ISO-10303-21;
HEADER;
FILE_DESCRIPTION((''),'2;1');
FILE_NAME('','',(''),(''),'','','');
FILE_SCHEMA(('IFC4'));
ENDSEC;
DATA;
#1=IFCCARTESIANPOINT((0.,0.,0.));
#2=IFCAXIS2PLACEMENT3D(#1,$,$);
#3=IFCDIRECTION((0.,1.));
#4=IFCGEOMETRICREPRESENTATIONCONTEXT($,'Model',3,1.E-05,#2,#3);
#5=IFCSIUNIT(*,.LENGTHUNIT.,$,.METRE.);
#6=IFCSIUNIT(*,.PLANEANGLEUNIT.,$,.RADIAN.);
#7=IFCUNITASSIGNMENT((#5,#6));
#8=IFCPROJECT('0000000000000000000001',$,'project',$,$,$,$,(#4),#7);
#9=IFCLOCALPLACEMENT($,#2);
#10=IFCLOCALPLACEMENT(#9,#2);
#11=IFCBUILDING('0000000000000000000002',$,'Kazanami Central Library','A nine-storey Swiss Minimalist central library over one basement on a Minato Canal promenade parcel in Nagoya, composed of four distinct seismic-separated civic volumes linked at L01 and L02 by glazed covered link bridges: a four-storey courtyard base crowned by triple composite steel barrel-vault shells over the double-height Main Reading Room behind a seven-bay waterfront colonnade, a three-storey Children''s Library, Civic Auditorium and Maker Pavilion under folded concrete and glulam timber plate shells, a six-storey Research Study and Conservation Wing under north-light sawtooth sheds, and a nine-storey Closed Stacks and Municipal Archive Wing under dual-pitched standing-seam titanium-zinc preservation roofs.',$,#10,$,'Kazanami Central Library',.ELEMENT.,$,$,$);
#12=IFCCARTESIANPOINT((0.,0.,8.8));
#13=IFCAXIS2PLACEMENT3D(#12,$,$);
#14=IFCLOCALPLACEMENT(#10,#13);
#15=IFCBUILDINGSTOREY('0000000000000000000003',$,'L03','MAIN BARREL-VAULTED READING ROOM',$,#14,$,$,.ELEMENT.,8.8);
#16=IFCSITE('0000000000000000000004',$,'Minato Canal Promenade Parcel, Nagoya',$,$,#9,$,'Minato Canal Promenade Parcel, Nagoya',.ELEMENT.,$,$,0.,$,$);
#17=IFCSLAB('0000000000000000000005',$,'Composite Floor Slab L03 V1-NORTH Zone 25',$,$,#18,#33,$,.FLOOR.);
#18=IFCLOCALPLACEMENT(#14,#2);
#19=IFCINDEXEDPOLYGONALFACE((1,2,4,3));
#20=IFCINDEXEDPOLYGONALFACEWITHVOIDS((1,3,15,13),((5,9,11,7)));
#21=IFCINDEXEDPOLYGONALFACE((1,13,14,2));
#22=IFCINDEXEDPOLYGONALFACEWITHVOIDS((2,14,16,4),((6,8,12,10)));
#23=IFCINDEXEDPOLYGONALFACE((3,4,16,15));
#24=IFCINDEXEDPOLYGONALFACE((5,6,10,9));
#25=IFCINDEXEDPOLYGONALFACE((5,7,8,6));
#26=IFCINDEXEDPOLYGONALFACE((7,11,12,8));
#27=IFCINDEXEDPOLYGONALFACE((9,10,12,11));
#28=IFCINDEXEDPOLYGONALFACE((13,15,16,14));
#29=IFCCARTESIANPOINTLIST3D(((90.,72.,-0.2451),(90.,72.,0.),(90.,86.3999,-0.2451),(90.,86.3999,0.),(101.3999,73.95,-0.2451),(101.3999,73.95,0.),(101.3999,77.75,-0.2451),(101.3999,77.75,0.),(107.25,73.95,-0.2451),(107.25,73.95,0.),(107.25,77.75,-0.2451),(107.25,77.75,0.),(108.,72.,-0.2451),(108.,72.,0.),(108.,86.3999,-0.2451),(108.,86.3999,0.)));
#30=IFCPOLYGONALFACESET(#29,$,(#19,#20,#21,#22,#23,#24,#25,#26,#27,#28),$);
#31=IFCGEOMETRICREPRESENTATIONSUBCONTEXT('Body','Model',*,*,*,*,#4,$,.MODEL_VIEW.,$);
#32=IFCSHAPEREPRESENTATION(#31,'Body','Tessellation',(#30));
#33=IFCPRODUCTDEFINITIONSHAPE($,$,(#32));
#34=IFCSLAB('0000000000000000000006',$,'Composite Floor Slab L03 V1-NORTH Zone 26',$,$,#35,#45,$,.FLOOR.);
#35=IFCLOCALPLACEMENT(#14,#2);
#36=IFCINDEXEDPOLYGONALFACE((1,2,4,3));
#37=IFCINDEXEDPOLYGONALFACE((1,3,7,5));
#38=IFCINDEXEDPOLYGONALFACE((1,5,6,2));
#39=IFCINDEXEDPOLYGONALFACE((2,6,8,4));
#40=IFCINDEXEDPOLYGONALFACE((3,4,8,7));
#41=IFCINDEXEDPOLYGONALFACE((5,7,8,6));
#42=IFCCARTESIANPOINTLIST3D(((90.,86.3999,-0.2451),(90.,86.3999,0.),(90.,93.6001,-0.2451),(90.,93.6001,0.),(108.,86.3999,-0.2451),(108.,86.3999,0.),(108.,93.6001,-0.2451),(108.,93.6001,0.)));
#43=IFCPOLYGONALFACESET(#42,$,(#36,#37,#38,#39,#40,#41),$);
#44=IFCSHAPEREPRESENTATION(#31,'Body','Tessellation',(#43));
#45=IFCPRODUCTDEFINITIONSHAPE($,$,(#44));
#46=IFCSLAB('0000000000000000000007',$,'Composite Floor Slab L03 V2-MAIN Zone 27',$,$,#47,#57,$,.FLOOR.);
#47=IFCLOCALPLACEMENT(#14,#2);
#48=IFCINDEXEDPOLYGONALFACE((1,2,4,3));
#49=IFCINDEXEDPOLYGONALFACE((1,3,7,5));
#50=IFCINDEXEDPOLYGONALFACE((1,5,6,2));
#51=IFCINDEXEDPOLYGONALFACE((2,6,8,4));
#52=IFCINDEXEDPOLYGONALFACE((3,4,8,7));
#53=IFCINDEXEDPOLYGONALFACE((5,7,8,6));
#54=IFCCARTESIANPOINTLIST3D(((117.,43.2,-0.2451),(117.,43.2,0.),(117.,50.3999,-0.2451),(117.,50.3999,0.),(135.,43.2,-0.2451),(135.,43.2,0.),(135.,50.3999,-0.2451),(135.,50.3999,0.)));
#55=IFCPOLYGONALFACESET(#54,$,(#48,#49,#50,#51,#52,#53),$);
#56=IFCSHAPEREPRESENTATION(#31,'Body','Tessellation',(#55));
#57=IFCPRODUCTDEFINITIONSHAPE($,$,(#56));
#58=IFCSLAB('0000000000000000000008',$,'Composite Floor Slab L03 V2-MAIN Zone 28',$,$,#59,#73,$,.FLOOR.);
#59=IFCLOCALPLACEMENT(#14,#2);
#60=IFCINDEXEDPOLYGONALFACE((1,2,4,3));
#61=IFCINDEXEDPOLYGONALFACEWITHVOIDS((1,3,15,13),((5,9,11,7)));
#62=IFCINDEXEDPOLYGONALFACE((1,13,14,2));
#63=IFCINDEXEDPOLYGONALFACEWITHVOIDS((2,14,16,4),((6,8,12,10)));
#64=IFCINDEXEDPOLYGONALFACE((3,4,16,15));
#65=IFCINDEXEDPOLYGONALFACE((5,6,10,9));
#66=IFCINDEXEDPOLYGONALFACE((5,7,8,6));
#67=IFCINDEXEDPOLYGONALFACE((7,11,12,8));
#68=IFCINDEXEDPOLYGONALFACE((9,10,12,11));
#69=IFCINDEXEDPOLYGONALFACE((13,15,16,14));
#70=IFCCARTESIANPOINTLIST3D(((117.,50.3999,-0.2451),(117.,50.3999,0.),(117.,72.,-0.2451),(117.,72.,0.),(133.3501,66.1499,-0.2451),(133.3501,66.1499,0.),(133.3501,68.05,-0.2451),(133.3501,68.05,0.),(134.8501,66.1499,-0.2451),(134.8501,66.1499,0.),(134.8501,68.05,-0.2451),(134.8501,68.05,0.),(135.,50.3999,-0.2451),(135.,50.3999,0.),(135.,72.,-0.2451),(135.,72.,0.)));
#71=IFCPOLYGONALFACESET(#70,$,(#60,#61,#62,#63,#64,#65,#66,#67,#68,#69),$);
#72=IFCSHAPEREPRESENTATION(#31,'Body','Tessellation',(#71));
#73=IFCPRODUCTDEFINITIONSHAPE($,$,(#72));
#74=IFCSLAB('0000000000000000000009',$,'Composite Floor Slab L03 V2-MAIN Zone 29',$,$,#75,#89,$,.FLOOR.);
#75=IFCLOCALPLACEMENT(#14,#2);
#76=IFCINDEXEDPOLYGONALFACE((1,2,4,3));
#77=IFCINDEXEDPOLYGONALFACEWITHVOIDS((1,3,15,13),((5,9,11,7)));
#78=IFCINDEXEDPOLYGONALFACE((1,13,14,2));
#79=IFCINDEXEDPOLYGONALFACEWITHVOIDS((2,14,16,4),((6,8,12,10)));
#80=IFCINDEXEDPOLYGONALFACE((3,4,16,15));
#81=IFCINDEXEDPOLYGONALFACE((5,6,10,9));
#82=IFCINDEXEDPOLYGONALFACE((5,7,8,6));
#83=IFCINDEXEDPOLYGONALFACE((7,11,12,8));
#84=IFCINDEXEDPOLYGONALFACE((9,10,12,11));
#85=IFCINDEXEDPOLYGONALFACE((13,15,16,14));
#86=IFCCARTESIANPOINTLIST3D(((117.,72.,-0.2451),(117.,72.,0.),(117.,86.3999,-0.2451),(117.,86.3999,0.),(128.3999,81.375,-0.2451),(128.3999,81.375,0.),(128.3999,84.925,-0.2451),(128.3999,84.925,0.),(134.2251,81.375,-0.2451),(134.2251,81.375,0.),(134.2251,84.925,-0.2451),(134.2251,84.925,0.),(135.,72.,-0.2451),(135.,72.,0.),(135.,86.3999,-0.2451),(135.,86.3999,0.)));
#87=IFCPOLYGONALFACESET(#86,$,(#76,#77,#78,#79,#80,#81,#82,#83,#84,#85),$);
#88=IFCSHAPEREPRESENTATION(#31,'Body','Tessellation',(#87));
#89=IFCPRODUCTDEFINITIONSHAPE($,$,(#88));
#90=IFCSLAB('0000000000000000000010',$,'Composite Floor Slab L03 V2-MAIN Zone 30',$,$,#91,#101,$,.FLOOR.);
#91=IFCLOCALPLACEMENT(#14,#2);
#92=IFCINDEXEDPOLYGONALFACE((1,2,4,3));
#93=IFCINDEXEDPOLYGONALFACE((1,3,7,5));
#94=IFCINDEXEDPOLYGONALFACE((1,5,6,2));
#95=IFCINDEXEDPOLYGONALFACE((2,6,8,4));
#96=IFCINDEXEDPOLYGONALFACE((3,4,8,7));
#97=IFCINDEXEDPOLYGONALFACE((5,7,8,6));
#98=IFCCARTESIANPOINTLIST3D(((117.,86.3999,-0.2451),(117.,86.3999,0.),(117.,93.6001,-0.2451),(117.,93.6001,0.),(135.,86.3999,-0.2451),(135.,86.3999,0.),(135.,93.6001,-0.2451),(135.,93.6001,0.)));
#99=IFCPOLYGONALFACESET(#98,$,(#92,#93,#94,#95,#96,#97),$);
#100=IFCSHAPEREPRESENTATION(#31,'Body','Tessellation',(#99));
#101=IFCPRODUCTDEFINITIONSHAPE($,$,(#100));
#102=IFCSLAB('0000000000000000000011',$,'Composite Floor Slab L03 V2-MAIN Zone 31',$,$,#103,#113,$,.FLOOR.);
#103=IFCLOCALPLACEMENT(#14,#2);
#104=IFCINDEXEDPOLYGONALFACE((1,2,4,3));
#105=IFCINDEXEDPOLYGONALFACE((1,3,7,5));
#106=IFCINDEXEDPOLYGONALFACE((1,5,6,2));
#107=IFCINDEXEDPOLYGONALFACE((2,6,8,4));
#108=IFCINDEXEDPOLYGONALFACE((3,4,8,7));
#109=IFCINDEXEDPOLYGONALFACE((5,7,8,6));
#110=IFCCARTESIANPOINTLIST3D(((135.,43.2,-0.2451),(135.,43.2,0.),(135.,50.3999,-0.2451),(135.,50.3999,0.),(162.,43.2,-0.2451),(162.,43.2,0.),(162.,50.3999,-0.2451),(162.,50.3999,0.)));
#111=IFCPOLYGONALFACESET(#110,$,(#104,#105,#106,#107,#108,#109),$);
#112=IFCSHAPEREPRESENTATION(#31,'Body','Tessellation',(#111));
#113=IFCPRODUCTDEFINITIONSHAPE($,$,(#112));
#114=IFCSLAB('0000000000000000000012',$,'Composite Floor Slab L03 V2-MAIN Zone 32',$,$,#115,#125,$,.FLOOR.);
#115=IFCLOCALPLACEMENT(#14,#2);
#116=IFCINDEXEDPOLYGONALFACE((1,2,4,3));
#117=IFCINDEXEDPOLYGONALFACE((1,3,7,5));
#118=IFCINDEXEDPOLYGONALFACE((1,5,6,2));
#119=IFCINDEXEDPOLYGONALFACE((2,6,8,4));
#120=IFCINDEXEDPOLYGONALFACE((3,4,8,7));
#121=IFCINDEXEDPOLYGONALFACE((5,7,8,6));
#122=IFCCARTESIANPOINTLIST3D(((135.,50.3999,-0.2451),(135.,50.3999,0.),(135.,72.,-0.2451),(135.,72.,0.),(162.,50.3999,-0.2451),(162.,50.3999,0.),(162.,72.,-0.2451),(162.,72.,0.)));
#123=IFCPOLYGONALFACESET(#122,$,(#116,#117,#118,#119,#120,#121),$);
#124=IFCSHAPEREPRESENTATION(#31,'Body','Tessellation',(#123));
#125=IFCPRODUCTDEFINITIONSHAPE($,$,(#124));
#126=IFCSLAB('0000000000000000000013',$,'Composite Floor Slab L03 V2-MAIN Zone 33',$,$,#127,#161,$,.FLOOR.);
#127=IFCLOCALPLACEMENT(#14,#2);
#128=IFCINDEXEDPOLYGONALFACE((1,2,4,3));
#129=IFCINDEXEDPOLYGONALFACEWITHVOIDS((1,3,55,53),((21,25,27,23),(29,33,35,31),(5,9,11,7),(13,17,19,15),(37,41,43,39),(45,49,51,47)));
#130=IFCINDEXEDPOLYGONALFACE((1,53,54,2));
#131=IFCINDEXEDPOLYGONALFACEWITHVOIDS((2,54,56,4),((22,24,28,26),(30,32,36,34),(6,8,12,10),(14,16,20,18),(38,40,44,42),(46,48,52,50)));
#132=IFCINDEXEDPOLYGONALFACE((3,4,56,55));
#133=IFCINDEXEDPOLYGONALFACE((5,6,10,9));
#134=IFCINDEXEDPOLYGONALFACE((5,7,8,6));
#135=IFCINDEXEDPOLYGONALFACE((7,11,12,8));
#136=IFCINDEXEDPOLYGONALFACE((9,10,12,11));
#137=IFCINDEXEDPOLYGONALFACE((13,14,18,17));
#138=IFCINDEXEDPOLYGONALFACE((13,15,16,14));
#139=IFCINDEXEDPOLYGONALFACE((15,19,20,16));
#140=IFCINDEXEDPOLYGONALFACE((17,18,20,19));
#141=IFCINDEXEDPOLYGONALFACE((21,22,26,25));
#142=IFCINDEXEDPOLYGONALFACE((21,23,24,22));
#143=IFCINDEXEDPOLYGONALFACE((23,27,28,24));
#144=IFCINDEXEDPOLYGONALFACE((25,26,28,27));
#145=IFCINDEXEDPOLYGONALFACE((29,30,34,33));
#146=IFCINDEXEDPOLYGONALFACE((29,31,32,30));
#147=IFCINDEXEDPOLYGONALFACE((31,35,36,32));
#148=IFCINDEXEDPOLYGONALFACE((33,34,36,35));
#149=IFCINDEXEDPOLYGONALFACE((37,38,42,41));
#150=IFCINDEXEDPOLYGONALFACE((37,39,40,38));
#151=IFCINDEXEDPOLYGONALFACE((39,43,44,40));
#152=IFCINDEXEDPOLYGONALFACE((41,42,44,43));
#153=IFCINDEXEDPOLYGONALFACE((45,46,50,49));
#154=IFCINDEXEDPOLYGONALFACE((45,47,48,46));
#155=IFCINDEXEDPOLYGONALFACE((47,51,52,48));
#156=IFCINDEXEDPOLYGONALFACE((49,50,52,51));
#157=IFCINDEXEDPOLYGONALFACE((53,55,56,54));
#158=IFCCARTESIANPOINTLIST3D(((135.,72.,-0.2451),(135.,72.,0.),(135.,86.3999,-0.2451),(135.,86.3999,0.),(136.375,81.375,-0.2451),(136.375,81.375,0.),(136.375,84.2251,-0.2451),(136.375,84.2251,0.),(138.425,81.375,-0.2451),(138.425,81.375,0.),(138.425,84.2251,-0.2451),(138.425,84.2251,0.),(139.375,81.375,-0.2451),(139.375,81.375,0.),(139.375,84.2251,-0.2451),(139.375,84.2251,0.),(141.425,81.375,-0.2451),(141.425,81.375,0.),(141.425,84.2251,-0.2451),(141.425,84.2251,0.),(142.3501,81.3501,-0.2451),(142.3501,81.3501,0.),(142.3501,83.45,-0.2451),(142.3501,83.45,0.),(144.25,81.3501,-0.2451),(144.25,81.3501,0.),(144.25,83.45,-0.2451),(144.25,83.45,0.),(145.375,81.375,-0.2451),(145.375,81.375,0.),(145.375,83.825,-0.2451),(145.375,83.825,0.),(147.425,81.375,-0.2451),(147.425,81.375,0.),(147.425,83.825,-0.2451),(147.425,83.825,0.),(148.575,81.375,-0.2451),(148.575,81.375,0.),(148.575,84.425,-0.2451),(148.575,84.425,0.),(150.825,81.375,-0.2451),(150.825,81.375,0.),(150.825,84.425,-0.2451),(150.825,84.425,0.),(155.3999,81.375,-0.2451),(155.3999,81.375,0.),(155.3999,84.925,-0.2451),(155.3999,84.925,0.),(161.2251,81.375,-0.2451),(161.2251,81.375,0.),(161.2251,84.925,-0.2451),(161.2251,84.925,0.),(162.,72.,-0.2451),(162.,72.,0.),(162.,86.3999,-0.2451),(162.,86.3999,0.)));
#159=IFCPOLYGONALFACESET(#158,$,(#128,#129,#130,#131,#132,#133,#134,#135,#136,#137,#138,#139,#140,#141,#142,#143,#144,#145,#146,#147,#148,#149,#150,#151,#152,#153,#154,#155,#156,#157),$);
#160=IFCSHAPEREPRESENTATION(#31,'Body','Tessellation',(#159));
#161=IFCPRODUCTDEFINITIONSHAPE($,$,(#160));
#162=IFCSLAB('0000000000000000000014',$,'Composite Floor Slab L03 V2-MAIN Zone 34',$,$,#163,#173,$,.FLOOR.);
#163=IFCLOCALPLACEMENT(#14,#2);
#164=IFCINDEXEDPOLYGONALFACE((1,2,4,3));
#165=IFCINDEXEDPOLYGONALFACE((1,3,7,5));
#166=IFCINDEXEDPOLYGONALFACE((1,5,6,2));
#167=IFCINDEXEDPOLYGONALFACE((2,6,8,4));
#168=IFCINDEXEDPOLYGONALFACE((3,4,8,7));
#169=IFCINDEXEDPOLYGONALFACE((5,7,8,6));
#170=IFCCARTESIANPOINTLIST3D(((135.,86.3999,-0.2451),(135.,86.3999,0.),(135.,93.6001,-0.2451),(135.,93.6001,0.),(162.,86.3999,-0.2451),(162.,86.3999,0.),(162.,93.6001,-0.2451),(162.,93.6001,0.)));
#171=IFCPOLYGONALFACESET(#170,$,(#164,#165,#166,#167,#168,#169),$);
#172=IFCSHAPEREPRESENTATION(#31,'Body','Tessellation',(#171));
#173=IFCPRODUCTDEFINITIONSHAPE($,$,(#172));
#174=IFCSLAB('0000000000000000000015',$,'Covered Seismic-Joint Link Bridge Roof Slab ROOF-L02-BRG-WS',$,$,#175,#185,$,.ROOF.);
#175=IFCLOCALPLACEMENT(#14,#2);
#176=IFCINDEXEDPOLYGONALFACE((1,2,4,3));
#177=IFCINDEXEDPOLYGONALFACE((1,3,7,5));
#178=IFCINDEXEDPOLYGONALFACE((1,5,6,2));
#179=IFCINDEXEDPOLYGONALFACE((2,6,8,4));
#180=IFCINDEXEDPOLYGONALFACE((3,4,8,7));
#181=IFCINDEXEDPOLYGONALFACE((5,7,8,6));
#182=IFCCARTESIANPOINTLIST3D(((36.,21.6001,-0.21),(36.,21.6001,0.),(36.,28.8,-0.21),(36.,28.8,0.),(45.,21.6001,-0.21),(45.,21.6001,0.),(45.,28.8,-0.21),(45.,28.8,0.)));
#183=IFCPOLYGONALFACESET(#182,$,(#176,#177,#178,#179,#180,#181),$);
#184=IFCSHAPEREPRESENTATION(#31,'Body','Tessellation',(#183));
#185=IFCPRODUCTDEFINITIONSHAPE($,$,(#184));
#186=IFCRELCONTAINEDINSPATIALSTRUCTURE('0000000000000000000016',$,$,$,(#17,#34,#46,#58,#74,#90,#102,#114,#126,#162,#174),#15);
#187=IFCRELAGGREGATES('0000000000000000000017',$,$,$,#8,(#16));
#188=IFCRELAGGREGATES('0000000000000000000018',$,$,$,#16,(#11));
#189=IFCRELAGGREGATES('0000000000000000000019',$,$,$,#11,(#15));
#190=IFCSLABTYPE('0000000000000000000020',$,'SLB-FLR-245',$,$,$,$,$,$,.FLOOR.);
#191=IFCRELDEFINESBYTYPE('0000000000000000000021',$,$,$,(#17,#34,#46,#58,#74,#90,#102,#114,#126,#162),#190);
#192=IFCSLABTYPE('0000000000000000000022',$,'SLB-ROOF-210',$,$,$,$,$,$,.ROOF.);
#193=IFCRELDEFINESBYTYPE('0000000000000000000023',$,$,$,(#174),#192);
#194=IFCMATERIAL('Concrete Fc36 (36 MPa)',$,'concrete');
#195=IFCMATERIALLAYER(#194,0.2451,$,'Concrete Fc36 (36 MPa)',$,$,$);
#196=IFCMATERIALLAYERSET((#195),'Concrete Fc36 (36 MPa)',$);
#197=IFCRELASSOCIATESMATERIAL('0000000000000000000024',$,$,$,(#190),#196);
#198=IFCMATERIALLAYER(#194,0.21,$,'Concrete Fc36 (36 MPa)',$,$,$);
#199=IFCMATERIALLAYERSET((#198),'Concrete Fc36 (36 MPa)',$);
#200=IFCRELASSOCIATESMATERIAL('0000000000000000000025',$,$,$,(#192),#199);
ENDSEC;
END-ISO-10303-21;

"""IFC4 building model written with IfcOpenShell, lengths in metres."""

from ifc_helpers import new_model, si_unit, direction, frame, origin, place, context, subcontext, project, spatial, polyline, outline, extrude, material, layer, layer_set, type_object, element, save


model = new_model("IFC4")

# Units and contexts
model_context = context("Model", 3, precision=1e-05, world=origin(), true_north=direction((0.0, 1.0)))
body_context = subcontext(model_context, "Body", "Model", "MODEL_VIEW")
ifc_project = project(units=[si_unit("LENGTHUNIT", "METRE"), si_unit("PLANEANGLEUNIT", "RADIAN")], contexts=[model_context])

# Site, building, storey
site_placement = place(None, origin())
site = spatial("IfcSite", under=ifc_project, at=site_placement, Name="Minato Canal Promenade Parcel, Nagoya", LongName="Minato Canal Promenade Parcel, Nagoya", CompositionType="ELEMENT", RefElevation=0.0)
building_placement = place(site_placement, origin())
building = spatial("IfcBuilding", under=site, at=building_placement, Name="Kazanami Central Library", Description="A nine-storey Swiss Minimalist central library over one basement on a Minato Canal promenade parcel in Nagoya, composed of four distinct seismic-separated civic volumes linked at L01 and L02 by glazed covered link bridges: a four-storey courtyard base crowned by triple composite steel barrel-vault shells over the double-height Main Reading Room behind a seven-bay waterfront colonnade, a three-storey Children's Library, Civic Auditorium and Maker Pavilion under folded concrete and glulam timber plate shells, a six-storey Research Study and Conservation Wing under north-light sawtooth sheds, and a nine-storey Closed Stacks and Municipal Archive Wing under dual-pitched standing-seam titanium-zinc preservation roofs.", LongName="Kazanami Central Library", CompositionType="ELEMENT")
storey_placement = place(building_placement, frame((0.0, 0.0, 8.8)))
storey = spatial("IfcBuildingStorey", under=building, at=storey_placement, Name="L03", Description="MAIN BARREL-VAULTED READING ROOM", CompositionType="ELEMENT", Elevation=8.8)

# Slabs
ifc_material = material(Name="Concrete Fc36 (36 MPa)", Category="concrete")
ifc_layer_1 = layer(ifc_material, 0.2451, Name="Concrete Fc36 (36 MPa)")
ifc_layer_set_1 = layer_set([ifc_layer_1], Name="Concrete Fc36 (36 MPa)")
slab_type_1 = type_object("IfcSlabType", Name="SLB-FLR-245", PredefinedType="FLOOR", material=ifc_layer_set_1)
slab_1_placement = place(storey_placement, frame((0.0, 0.0, -0.2451)))
element("IfcSlab", 1, at=slab_1_placement, inside=storey, type_object=slab_type_1, Name="Composite Floor Slab L03 V1-NORTH Zone 25", PredefinedType="FLOOR", context=body_context, shape_type="SweptSolid", body=[
    extrude(outline(polyline([(90.0, 72.0), (108.0, 72.0), (108.0, 86.3999), (90.0, 86.3999), (90.0, 72.0)]), holes=[polyline([(101.3999, 73.95), (107.25, 73.95), (107.25, 77.75), (101.3999, 77.75), (101.3999, 73.95)])]), origin(), (0.0, 0.0, 1.0), 0.2451),
])
slab_2_placement = place(storey_placement, frame((0.0, 0.0, -0.2451)))
element("IfcSlab", 2, at=slab_2_placement, inside=storey, type_object=slab_type_1, Name="Composite Floor Slab L03 V1-NORTH Zone 26", PredefinedType="FLOOR", context=body_context, shape_type="SweptSolid", body=[
    extrude(outline(polyline([(90.0, 86.3999), (108.0, 86.3999), (108.0, 93.6001), (90.0, 93.6001), (90.0, 86.3999)])), origin(), (0.0, 0.0, 1.0), 0.2451),
])
slab_3_placement = place(storey_placement, frame((0.0, 0.0, -0.2451)))
element("IfcSlab", 3, at=slab_3_placement, inside=storey, type_object=slab_type_1, Name="Composite Floor Slab L03 V2-MAIN Zone 27", PredefinedType="FLOOR", context=body_context, shape_type="SweptSolid", body=[
    extrude(outline(polyline([(117.0, 43.2), (135.0, 43.2), (135.0, 50.3999), (117.0, 50.3999), (117.0, 43.2)])), origin(), (0.0, 0.0, 1.0), 0.2451),
])
slab_4_placement = place(storey_placement, frame((0.0, 0.0, -0.2451)))
element("IfcSlab", 4, at=slab_4_placement, inside=storey, type_object=slab_type_1, Name="Composite Floor Slab L03 V2-MAIN Zone 28", PredefinedType="FLOOR", context=body_context, shape_type="SweptSolid", body=[
    extrude(outline(polyline([(117.0, 50.3999), (135.0, 50.3999), (135.0, 72.0), (117.0, 72.0), (117.0, 50.3999)]), holes=[polyline([(133.3501, 66.1499), (134.8501, 66.1499), (134.8501, 68.05), (133.3501, 68.05), (133.3501, 66.1499)])]), origin(), (0.0, 0.0, 1.0), 0.2451),
])
slab_5_placement = place(storey_placement, frame((0.0, 0.0, -0.2451)))
element("IfcSlab", 5, at=slab_5_placement, inside=storey, type_object=slab_type_1, Name="Composite Floor Slab L03 V2-MAIN Zone 29", PredefinedType="FLOOR", context=body_context, shape_type="SweptSolid", body=[
    extrude(outline(polyline([(117.0, 72.0), (135.0, 72.0), (135.0, 86.3999), (117.0, 86.3999), (117.0, 72.0)]), holes=[polyline([(128.3999, 81.375), (134.2251, 81.375), (134.2251, 84.925), (128.3999, 84.925), (128.3999, 81.375)])]), origin(), (0.0, 0.0, 1.0), 0.2451),
])
slab_6_placement = place(storey_placement, frame((0.0, 0.0, -0.2451)))
element("IfcSlab", 6, at=slab_6_placement, inside=storey, type_object=slab_type_1, Name="Composite Floor Slab L03 V2-MAIN Zone 30", PredefinedType="FLOOR", context=body_context, shape_type="SweptSolid", body=[
    extrude(outline(polyline([(117.0, 86.3999), (135.0, 86.3999), (135.0, 93.6001), (117.0, 93.6001), (117.0, 86.3999)])), origin(), (0.0, 0.0, 1.0), 0.2451),
])
slab_7_placement = place(storey_placement, frame((0.0, 0.0, -0.2451)))
element("IfcSlab", 7, at=slab_7_placement, inside=storey, type_object=slab_type_1, Name="Composite Floor Slab L03 V2-MAIN Zone 31", PredefinedType="FLOOR", context=body_context, shape_type="SweptSolid", body=[
    extrude(outline(polyline([(135.0, 43.2), (162.0, 43.2), (162.0, 50.3999), (135.0, 50.3999), (135.0, 43.2)])), origin(), (0.0, 0.0, 1.0), 0.2451),
])
slab_8_placement = place(storey_placement, frame((0.0, 0.0, -0.2451)))
element("IfcSlab", 8, at=slab_8_placement, inside=storey, type_object=slab_type_1, Name="Composite Floor Slab L03 V2-MAIN Zone 32", PredefinedType="FLOOR", context=body_context, shape_type="SweptSolid", body=[
    extrude(outline(polyline([(135.0, 50.3999), (162.0, 50.3999), (162.0, 72.0), (135.0, 72.0), (135.0, 50.3999)])), origin(), (0.0, 0.0, 1.0), 0.2451),
])
slab_9_placement = place(storey_placement, frame((0.0, 0.0, -0.2451)))
element("IfcSlab", 9, at=slab_9_placement, inside=storey, type_object=slab_type_1, Name="Composite Floor Slab L03 V2-MAIN Zone 33", PredefinedType="FLOOR", context=body_context, shape_type="SweptSolid", body=[
    extrude(outline(polyline([(135.0, 72.0), (162.0, 72.0), (162.0, 86.3999), (135.0, 86.3999), (135.0, 72.0)]), holes=[polyline([(155.3999, 81.375), (161.2251, 81.375), (161.2251, 84.925), (155.3999, 84.925), (155.3999, 81.375)]), polyline([(136.375, 81.375), (138.425, 81.375), (138.425, 84.2251), (136.375, 84.2251), (136.375, 81.375)]), polyline([(139.375, 81.375), (141.425, 81.375), (141.425, 84.2251), (139.375, 84.2251), (139.375, 81.375)]), polyline([(145.375, 81.375), (147.425, 81.375), (147.425, 83.825), (145.375, 83.825), (145.375, 81.375)]), polyline([(148.575, 81.375), (150.825, 81.375), (150.825, 84.425), (148.575, 84.425), (148.575, 81.375)]), polyline([(142.3501, 81.3501), (144.25, 81.3501), (144.25, 83.45), (142.3501, 83.45), (142.3501, 81.3501)])]), origin(), (0.0, 0.0, 1.0), 0.2451),
])
slab_10_placement = place(storey_placement, frame((0.0, 0.0, -0.2451)))
element("IfcSlab", 10, at=slab_10_placement, inside=storey, type_object=slab_type_1, Name="Composite Floor Slab L03 V2-MAIN Zone 34", PredefinedType="FLOOR", context=body_context, shape_type="SweptSolid", body=[
    extrude(outline(polyline([(135.0, 86.3999), (162.0, 86.3999), (162.0, 93.6001), (135.0, 93.6001), (135.0, 86.3999)])), origin(), (0.0, 0.0, 1.0), 0.2451),
])
ifc_layer_2 = layer(ifc_material, 0.21, Name="Concrete Fc36 (36 MPa)")
ifc_layer_set_2 = layer_set([ifc_layer_2], Name="Concrete Fc36 (36 MPa)")
slab_type_2 = type_object("IfcSlabType", Name="SLB-ROOF-210", PredefinedType="ROOF", material=ifc_layer_set_2)
slab_11_placement = place(storey_placement, frame((0.0, 0.0, -0.21)))
element("IfcSlab", 11, at=slab_11_placement, inside=storey, type_object=slab_type_2, Name="Covered Seismic-Joint Link Bridge Roof Slab ROOF-L02-BRG-WS", PredefinedType="ROOF", context=body_context, shape_type="SweptSolid", body=[
    extrude(outline(polyline([(36.0, 21.6001), (45.0, 21.6001), (45.0, 28.8), (36.0, 28.8), (36.0, 21.6001)])), origin(), (0.0, 0.0, 1.0), 0.21),
])

save(model, "model.ifc")
